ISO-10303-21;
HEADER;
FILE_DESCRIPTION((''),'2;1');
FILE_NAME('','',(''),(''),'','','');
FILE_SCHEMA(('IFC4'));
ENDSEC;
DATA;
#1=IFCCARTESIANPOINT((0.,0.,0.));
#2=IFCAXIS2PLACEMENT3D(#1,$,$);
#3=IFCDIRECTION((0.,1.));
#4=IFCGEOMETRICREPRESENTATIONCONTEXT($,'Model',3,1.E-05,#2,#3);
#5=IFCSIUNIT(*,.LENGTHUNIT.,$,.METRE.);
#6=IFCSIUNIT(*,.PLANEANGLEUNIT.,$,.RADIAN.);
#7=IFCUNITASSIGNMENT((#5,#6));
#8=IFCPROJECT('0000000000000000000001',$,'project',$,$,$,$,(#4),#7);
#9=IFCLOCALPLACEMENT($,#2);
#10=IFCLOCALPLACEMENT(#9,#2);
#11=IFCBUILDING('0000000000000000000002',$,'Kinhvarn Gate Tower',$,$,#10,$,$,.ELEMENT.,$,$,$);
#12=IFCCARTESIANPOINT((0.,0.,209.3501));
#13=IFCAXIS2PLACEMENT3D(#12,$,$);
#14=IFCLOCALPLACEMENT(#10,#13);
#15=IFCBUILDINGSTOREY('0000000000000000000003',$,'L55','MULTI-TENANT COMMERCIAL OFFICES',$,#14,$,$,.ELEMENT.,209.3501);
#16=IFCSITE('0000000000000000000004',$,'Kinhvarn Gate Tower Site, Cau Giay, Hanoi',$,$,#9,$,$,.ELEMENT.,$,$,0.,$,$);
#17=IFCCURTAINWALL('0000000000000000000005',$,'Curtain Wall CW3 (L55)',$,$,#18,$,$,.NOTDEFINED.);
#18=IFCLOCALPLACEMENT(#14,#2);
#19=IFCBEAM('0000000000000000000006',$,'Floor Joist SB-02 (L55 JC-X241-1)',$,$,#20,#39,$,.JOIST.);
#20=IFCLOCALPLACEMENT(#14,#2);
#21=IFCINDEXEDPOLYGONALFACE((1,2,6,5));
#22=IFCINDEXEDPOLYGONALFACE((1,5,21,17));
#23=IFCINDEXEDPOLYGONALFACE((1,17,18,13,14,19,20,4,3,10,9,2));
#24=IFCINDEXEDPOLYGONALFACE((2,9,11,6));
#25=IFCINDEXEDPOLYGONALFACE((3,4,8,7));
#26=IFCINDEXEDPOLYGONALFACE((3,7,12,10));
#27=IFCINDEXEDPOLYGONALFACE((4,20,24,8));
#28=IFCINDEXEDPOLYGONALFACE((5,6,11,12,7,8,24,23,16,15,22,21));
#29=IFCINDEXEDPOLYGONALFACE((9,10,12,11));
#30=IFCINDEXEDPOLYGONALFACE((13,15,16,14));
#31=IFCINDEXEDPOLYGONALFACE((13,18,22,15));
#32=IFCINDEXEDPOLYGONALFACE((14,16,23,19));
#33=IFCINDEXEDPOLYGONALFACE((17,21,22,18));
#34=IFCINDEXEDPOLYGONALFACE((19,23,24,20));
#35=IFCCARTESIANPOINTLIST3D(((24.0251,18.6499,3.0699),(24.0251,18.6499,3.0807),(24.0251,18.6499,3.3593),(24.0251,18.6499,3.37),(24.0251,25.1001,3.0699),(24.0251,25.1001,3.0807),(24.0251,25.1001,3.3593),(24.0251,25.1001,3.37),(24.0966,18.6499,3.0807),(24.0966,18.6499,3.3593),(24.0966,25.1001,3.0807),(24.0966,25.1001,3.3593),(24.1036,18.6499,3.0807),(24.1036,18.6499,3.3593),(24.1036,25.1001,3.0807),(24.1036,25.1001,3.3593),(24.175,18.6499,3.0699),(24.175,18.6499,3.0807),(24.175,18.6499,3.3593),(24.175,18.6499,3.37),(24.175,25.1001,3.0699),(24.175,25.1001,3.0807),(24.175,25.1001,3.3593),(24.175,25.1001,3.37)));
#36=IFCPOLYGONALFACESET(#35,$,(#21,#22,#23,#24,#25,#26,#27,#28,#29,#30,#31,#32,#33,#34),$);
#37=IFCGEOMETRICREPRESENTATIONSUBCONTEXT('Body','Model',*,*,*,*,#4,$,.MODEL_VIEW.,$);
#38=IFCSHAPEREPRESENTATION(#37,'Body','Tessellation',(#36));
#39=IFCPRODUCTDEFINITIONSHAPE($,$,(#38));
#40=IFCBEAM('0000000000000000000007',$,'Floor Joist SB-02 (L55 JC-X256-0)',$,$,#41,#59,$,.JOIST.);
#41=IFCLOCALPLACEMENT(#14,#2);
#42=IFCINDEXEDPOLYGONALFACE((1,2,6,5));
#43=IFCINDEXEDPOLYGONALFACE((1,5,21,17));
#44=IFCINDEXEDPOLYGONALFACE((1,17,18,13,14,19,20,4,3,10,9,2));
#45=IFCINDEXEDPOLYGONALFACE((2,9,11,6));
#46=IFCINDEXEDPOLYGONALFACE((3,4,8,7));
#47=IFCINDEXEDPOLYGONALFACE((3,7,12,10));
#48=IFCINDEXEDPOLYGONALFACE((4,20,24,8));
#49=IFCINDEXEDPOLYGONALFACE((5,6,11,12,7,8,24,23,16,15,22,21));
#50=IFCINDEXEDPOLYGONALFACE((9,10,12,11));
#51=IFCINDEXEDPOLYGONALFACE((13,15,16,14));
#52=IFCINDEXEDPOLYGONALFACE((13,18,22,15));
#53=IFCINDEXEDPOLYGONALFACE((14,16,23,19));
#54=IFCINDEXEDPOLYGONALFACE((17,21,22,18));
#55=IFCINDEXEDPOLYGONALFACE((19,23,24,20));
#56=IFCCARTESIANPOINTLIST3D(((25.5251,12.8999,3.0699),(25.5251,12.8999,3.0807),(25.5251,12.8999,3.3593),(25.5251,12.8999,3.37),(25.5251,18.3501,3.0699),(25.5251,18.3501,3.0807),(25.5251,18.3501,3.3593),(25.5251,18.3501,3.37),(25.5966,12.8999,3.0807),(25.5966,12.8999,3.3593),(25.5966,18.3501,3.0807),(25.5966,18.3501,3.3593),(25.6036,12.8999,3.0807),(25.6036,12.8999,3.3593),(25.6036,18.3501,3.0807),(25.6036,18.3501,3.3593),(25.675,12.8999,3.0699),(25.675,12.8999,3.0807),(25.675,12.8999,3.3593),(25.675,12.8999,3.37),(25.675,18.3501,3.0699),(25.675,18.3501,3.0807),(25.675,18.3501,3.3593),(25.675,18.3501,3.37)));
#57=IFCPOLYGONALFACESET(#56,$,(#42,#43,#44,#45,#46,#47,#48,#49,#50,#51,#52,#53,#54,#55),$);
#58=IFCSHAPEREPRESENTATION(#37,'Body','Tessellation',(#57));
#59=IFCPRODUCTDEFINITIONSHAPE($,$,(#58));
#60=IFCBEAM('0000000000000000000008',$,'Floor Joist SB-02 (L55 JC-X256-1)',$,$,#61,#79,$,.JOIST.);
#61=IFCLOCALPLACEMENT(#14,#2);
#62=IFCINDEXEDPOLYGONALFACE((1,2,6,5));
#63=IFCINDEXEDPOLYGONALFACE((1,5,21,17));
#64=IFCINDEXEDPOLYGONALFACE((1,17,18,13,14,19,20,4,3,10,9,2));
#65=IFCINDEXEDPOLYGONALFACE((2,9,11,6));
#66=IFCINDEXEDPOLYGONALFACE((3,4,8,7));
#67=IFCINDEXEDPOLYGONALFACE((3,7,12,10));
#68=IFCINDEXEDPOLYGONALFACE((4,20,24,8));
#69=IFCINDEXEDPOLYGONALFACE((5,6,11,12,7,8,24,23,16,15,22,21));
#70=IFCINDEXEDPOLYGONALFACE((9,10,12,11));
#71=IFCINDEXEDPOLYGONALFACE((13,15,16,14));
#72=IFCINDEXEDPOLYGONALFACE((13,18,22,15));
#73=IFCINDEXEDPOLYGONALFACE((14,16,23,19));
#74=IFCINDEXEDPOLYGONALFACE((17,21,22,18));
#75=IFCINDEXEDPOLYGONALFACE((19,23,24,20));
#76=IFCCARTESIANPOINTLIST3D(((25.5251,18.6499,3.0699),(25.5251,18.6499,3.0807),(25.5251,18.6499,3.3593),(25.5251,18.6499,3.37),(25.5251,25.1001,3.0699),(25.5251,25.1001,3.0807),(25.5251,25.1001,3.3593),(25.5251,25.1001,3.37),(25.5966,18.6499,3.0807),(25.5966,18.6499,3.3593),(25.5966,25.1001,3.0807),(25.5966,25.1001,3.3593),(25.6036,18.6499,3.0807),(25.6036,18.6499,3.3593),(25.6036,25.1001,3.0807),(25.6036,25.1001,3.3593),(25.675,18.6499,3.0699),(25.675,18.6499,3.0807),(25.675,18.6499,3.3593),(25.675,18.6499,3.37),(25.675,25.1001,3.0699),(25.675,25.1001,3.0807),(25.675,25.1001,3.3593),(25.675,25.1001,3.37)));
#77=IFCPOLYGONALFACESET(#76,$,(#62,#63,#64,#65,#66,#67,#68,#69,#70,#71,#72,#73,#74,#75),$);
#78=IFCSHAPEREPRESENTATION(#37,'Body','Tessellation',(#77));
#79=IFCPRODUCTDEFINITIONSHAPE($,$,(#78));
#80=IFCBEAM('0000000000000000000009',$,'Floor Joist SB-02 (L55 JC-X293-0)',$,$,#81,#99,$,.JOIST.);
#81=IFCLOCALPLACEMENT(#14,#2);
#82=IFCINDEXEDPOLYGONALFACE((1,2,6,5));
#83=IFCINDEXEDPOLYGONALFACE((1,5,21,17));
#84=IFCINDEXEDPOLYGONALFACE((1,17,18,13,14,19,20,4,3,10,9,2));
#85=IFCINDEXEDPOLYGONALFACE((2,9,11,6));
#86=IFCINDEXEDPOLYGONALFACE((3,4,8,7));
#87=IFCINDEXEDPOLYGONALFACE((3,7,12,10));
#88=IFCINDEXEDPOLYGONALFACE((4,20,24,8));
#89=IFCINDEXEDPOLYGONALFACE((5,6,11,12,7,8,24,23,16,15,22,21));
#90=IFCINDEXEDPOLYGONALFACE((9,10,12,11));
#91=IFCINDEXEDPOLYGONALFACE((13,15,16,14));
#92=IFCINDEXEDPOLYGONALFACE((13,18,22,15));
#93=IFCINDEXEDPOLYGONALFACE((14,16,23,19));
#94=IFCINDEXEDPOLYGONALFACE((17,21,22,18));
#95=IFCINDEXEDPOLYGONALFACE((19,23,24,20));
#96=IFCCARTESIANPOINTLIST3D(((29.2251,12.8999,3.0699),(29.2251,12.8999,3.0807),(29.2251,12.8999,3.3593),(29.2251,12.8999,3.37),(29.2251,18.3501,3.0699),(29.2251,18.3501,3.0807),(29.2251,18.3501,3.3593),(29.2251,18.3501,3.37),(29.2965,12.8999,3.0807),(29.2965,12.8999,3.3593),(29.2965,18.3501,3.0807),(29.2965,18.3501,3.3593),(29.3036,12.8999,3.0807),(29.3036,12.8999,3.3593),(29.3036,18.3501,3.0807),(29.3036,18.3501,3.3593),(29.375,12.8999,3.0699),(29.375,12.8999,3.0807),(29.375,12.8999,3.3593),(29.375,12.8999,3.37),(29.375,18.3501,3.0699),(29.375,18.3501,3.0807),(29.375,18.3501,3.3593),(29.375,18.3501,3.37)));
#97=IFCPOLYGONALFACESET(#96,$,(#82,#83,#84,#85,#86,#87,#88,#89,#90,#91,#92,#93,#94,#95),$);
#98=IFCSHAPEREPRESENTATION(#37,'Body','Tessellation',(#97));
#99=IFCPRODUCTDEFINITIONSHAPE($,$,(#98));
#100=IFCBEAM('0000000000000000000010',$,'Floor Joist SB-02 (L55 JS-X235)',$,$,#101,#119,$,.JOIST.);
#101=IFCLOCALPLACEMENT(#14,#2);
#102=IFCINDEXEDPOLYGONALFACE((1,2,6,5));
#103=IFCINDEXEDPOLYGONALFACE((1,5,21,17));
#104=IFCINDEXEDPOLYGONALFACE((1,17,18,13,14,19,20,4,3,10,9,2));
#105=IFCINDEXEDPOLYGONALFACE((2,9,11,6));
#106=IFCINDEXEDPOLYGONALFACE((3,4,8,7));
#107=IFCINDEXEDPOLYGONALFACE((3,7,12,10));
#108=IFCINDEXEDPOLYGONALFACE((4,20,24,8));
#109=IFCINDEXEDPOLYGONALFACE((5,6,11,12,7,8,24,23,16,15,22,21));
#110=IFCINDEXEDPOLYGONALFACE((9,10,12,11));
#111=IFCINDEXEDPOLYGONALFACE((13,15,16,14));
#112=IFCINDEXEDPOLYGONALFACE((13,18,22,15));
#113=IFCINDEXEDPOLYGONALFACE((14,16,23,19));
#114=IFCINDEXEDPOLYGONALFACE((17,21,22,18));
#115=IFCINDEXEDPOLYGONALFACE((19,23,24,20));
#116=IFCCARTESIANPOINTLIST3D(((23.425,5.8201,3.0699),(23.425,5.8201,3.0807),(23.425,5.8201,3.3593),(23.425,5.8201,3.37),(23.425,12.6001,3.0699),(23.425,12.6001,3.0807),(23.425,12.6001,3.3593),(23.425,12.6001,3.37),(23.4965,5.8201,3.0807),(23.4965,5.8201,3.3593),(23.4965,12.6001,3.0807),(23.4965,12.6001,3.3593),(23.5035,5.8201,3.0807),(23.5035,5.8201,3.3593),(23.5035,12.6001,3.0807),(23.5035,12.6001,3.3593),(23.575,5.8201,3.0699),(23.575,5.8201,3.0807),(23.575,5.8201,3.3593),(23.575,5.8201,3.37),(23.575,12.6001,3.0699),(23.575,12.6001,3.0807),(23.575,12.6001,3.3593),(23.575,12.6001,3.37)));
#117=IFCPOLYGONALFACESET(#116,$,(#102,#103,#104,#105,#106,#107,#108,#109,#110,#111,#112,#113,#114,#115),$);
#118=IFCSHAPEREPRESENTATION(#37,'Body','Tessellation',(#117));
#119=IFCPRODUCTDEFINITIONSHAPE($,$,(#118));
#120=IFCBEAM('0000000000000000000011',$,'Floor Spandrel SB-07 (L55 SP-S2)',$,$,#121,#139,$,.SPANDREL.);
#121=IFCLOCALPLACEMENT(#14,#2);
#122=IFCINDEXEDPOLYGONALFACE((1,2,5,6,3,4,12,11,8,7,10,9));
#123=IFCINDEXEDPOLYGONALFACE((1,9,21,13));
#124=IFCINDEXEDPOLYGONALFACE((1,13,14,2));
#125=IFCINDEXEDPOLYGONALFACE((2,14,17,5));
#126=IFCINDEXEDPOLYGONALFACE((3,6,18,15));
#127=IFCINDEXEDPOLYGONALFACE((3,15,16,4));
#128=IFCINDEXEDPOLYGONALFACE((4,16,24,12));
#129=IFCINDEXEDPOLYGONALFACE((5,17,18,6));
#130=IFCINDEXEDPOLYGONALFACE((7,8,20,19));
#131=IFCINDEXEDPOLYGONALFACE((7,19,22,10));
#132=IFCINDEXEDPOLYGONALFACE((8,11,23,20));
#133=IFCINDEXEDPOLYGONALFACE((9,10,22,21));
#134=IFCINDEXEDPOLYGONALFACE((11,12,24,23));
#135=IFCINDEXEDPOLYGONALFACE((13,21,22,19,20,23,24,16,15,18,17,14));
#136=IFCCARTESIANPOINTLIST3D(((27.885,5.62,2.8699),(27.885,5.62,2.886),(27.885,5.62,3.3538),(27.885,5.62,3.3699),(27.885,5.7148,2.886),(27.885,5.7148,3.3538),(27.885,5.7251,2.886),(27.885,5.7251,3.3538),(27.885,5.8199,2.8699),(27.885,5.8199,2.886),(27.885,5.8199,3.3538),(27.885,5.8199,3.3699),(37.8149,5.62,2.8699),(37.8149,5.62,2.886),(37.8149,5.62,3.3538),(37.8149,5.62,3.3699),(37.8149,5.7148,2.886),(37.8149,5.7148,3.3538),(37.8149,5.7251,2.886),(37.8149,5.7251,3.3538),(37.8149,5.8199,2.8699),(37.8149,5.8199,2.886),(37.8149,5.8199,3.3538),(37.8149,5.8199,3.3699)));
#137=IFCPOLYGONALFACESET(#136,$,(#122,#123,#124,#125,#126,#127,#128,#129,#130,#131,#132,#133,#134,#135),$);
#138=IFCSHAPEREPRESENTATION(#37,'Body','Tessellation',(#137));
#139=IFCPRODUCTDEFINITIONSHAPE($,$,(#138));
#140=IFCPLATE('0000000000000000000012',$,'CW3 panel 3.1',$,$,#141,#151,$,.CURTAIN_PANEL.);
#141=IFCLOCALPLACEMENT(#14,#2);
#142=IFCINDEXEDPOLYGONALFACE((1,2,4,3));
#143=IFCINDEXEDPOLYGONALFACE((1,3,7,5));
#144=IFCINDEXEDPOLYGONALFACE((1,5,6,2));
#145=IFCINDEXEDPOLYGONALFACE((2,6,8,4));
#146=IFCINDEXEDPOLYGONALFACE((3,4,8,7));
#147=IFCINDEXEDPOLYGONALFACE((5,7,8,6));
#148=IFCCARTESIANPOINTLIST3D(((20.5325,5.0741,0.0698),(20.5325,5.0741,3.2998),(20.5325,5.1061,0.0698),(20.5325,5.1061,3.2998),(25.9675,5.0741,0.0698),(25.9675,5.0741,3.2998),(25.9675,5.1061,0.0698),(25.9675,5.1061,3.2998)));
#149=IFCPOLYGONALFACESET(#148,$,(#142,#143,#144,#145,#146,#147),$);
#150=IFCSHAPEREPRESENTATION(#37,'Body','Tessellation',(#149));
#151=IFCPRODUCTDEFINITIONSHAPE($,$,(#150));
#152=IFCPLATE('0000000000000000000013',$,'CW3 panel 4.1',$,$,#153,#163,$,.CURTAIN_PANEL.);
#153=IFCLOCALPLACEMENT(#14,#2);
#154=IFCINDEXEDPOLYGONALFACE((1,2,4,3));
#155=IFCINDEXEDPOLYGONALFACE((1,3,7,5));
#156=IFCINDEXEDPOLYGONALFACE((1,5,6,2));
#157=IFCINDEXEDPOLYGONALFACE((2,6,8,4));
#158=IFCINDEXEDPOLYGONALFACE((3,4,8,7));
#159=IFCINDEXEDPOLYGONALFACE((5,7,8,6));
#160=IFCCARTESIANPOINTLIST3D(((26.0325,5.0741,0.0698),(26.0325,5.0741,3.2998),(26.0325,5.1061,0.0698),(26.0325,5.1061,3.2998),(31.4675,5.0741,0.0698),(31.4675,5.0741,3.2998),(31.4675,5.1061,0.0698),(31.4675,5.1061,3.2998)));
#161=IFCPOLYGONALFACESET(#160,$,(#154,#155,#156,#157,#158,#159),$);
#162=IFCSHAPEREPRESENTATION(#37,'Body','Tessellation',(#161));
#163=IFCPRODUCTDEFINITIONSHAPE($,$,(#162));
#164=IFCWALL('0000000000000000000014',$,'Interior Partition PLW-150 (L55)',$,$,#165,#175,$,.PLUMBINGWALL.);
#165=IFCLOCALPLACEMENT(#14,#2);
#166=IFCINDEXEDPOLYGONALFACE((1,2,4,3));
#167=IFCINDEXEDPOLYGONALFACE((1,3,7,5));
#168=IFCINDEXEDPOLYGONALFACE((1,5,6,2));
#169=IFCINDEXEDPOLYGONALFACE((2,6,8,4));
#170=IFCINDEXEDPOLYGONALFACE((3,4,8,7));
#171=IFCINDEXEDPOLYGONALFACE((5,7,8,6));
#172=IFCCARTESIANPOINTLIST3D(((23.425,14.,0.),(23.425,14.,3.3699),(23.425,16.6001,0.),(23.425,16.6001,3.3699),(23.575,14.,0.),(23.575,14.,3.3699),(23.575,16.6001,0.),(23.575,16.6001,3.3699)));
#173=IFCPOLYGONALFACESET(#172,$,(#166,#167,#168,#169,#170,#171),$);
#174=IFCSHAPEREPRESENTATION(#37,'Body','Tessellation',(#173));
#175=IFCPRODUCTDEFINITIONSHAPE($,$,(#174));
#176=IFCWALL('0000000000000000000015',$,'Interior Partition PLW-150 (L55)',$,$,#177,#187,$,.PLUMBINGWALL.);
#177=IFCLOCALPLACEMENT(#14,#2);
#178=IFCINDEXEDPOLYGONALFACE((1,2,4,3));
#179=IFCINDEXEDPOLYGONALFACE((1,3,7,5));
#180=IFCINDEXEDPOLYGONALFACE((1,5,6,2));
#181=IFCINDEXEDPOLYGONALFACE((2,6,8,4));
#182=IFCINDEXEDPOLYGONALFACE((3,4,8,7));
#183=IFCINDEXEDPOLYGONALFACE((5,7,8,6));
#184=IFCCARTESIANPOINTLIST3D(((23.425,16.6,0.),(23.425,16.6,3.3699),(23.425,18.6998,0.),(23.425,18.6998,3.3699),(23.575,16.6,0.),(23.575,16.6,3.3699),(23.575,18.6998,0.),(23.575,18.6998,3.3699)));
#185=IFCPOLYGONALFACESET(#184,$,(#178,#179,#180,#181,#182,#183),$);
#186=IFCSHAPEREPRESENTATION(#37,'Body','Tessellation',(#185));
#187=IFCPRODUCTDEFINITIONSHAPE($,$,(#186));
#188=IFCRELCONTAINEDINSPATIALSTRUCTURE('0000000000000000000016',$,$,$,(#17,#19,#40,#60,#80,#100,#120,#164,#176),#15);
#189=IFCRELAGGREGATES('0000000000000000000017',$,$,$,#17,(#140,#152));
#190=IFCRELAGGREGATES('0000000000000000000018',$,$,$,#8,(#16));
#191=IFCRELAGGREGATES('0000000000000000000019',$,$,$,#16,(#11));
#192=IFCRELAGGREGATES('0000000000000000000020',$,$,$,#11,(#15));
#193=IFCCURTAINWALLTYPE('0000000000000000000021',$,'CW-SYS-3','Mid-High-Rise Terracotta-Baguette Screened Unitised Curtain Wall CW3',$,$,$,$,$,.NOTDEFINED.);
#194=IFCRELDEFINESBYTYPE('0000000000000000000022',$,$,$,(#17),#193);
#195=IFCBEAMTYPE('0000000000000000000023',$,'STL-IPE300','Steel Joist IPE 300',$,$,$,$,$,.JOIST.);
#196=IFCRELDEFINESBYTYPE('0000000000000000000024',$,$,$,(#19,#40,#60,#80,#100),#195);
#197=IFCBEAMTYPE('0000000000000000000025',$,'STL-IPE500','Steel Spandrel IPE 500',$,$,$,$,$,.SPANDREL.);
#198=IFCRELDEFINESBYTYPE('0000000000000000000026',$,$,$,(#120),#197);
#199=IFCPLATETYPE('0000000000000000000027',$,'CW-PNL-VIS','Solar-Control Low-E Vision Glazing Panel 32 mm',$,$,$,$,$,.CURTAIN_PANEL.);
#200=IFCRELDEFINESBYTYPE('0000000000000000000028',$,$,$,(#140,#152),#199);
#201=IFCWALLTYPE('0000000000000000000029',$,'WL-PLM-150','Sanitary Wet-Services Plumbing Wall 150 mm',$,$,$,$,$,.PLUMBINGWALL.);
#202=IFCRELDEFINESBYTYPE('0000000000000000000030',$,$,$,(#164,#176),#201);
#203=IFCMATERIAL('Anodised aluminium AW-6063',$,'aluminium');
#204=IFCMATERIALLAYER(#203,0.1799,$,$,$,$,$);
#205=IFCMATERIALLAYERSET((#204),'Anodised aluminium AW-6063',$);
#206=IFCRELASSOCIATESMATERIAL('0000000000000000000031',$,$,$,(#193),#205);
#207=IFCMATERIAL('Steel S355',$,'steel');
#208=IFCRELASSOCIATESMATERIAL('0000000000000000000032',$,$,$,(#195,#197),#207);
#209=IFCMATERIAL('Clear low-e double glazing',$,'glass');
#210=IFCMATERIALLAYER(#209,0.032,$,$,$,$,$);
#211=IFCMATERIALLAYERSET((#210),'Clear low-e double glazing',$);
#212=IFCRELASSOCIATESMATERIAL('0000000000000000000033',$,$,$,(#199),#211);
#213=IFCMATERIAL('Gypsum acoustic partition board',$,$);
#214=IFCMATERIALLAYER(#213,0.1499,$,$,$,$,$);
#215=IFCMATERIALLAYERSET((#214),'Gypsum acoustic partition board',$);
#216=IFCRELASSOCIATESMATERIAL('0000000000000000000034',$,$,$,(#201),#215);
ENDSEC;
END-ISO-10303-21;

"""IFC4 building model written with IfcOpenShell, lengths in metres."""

from ifc_helpers import new_model, si_unit, direction, frame, frame_2d, origin, origin_2d, place, context, subcontext, project, spatial, rectangle, i_section, extrude, material, layer, layer_set, material_profile, profile_set, type_object, element, aggregate, save


model = new_model("IFC4")

# Units and contexts
model_context = context("Model", 3, precision=1e-05, world=origin(), true_north=direction((0.0, 1.0)))
body_context = subcontext(model_context, "Body", "Model", "MODEL_VIEW")
ifc_project = project(units=[si_unit("LENGTHUNIT", "METRE"), si_unit("PLANEANGLEUNIT", "RADIAN")], contexts=[model_context])

# Site, building, storey
site_placement = place(None, origin())
site = spatial("IfcSite", under=ifc_project, at=site_placement, Name="Kinhvarn Gate Tower Site, Cau Giay, Hanoi", CompositionType="ELEMENT", RefElevation=0.0)
building_placement = place(site_placement, origin())
building = spatial("IfcBuilding", under=site, at=building_placement, Name="Kinhvarn Gate Tower", CompositionType="ELEMENT")
storey_placement = place(building_placement, frame((0.0, 0.0, 209.3501)))
storey = spatial("IfcBuildingStorey", under=building, at=storey_placement, Name="L55", Description="MULTI-TENANT COMMERCIAL OFFICES", CompositionType="ELEMENT", Elevation=209.3501)

# Curtain wall
ifc_material_1 = material(Name="Anodised aluminium AW-6063", Category="aluminium")
ifc_layer_1 = layer(ifc_material_1, 0.1799)
ifc_layer_set_1 = layer_set([ifc_layer_1], Name="Anodised aluminium AW-6063")
curtain_wall_type = type_object("IfcCurtainWallType", Name="CW-SYS-3", Description="Mid-High-Rise Terracotta-Baguette Screened Unitised Curtain Wall CW3", PredefinedType="NOTDEFINED", material=ifc_layer_set_1)
curtain_wall_placement = place(storey_placement, origin())
curtain_wall = element("IfcCurtainWall", 1, at=curtain_wall_placement, inside=storey, type_object=curtain_wall_type, Name="Curtain Wall CW3 (L55)", PredefinedType="NOTDEFINED")

# Beams
ifc_material_2 = material(Name="Steel S355", Category="steel")
ifc_material_profile_1 = material_profile(ifc_material_2, i_section(OverallWidth=0.1499, OverallDepth=0.3, WebThickness=0.0071, FlangeThickness=0.0107, at=origin_2d()), Name="IPE 300")
ifc_profile_set_1 = profile_set([ifc_material_profile_1], Name="Steel S355")
beam_type_1 = type_object("IfcBeamType", Name="STL-IPE300", Description="Steel Joist IPE 300", PredefinedType="JOIST", material=ifc_profile_set_1)
beam_1_placement = place(storey_placement, frame((24.1001, 18.6499, 3.22), z_axis=(0.0, 1.0, 0.0), x_axis=(-1.0, 0.0, 0.0)))
element("IfcBeam", 2, at=beam_1_placement, inside=storey, type_object=beam_type_1, Name="Floor Joist SB-02 (L55 JC-X241-1)", PredefinedType="JOIST", context=body_context, shape_type="SweptSolid", body=[
    extrude(i_section(OverallWidth=0.1499, OverallDepth=0.3, WebThickness=0.0071, FlangeThickness=0.0107, at=origin_2d()), origin(), (0.0, 0.0, 1.0), 6.4502),
])
beam_2_placement = place(storey_placement, frame((25.6001, 12.8999, 3.22), z_axis=(0.0, 1.0, 0.0), x_axis=(-1.0, 0.0, 0.0)))
element("IfcBeam", 3, at=beam_2_placement, inside=storey, type_object=beam_type_1, Name="Floor Joist SB-02 (L55 JC-X256-0)", PredefinedType="JOIST", context=body_context, shape_type="SweptSolid", body=[
    extrude(i_section(OverallWidth=0.1499, OverallDepth=0.3, WebThickness=0.0071, FlangeThickness=0.0107, at=origin_2d()), origin(), (0.0, 0.0, 1.0), 5.4502),
])
beam_3_placement = place(storey_placement, frame((25.6001, 18.6499, 3.22), z_axis=(0.0, 1.0, 0.0), x_axis=(-1.0, 0.0, 0.0)))
element("IfcBeam", 4, at=beam_3_placement, inside=storey, type_object=beam_type_1, Name="Floor Joist SB-02 (L55 JC-X256-1)", PredefinedType="JOIST", context=body_context, shape_type="SweptSolid", body=[
    extrude(i_section(OverallWidth=0.1499, OverallDepth=0.3, WebThickness=0.0071, FlangeThickness=0.0107, at=origin_2d()), origin(), (0.0, 0.0, 1.0), 6.4502),
])
beam_4_placement = place(storey_placement, frame((29.3, 12.8999, 3.22), z_axis=(0.0, 1.0, 0.0), x_axis=(-1.0, 0.0, 0.0)))
element("IfcBeam", 5, at=beam_4_placement, inside=storey, type_object=beam_type_1, Name="Floor Joist SB-02 (L55 JC-X293-0)", PredefinedType="JOIST", context=body_context, shape_type="SweptSolid", body=[
    extrude(i_section(OverallWidth=0.1499, OverallDepth=0.3, WebThickness=0.0071, FlangeThickness=0.0107, at=origin_2d()), origin(), (0.0, 0.0, 1.0), 5.4502),
])
beam_5_placement = place(storey_placement, frame((23.5, 5.8201, 3.22), z_axis=(0.0, 1.0, 0.0), x_axis=(-1.0, 0.0, 0.0)))
element("IfcBeam", 6, at=beam_5_placement, inside=storey, type_object=beam_type_1, Name="Floor Joist SB-02 (L55 JS-X235)", PredefinedType="JOIST", context=body_context, shape_type="SweptSolid", body=[
    extrude(i_section(OverallWidth=0.1499, OverallDepth=0.3, WebThickness=0.0071, FlangeThickness=0.0107, at=origin_2d()), origin(), (0.0, 0.0, 1.0), 6.78),
])
ifc_material_profile_2 = material_profile(ifc_material_2, i_section(OverallWidth=0.2, OverallDepth=0.5, WebThickness=0.0103, FlangeThickness=0.0161, at=origin_2d()), Name="IPE 500")
ifc_profile_set_2 = profile_set([ifc_material_profile_2], Name="Steel S355")
beam_type_2 = type_object("IfcBeamType", Name="STL-IPE500", Description="Steel Spandrel IPE 500", PredefinedType="SPANDREL", material=ifc_profile_set_2)
beam_6_placement = place(storey_placement, frame((27.885, 5.72, 3.1199), z_axis=(1.0, 0.0, 0.0), x_axis=(0.0, 1.0, 0.0)))
element("IfcBeam", 7, at=beam_6_placement, inside=storey, type_object=beam_type_2, Name="Floor Spandrel SB-07 (L55 SP-S2)", PredefinedType="SPANDREL", context=body_context, shape_type="SweptSolid", body=[
    extrude(i_section(OverallWidth=0.2, OverallDepth=0.5, WebThickness=0.0103, FlangeThickness=0.0161, at=origin_2d()), origin(), (0.0, 0.0, 1.0), 9.9299),
])

# Plates
ifc_material_3 = material(Name="Clear low-e double glazing", Category="glass")
ifc_layer_2 = layer(ifc_material_3, 0.032)
ifc_layer_set_2 = layer_set([ifc_layer_2], Name="Clear low-e double glazing")
plate_type = type_object("IfcPlateType", Name="CW-PNL-VIS", Description="Solar-Control Low-E Vision Glazing Panel 32 mm", PredefinedType="CURTAIN_PANEL", material=ifc_layer_set_2)
plate_1_placement = place(storey_placement, frame((23.25, 5.0901, 0.0698), z_axis=(0.0, 0.0, 1.0), x_axis=(1.0, 0.0, 0.0)))
plate_1 = element("IfcPlate", 8, at=plate_1_placement, type_object=plate_type, Name="CW3 panel 3.1", PredefinedType="CURTAIN_PANEL", context=body_context, shape_type="SweptSolid", body=[
    extrude(rectangle(XDim=5.4351, YDim=0.032, at=origin_2d()), origin(), (0.0, 0.0, 1.0), 3.23),
])
plate_2_placement = place(storey_placement, frame((28.75, 5.0901, 0.0698), z_axis=(0.0, 0.0, 1.0), x_axis=(1.0, 0.0, 0.0)))
plate_2 = element("IfcPlate", 9, at=plate_2_placement, type_object=plate_type, Name="CW3 panel 4.1", PredefinedType="CURTAIN_PANEL", context=body_context, shape_type="SweptSolid", body=[
    extrude(rectangle(XDim=5.4351, YDim=0.032, at=origin_2d()), origin(), (0.0, 0.0, 1.0), 3.23),
])
aggregate(curtain_wall, [plate_1, plate_2])

# Walls
ifc_material_4 = material(Name="Gypsum acoustic partition board")
ifc_layer_3 = layer(ifc_material_4, 0.1499)
ifc_layer_set_3 = layer_set([ifc_layer_3], Name="Gypsum acoustic partition board")
wall_type_1 = type_object("IfcWallType", Name="WL-PLM-150", Description="Sanitary Wet-Services Plumbing Wall 150 mm", PredefinedType="PLUMBINGWALL", material=ifc_layer_set_3)
wall_1_placement = place(storey_placement, frame((23.5, 14.0, 0.0), z_axis=(0.0, 0.0, 1.0), x_axis=(0.0, 1.0, 0.0)))
element("IfcWall", 10, at=wall_1_placement, inside=storey, type_object=wall_type_1, Name="Interior Partition PLW-150 (L55)", PredefinedType="PLUMBINGWALL", context=body_context, shape_type="SweptSolid", body=[
    extrude(rectangle(XDim=2.6001, YDim=0.1499, at=frame_2d((1.3, 0.0))), origin(), (0.0, 0.0, 1.0), 3.3699),
])
wall_2_placement = place(storey_placement, frame((23.5, 16.6001, 0.0), z_axis=(0.0, 0.0, 1.0), x_axis=(0.0, 1.0, 0.0)))
element("IfcWall", 11, at=wall_2_placement, inside=storey, type_object=wall_type_1, Name="Interior Partition PLW-150 (L55)", PredefinedType="PLUMBINGWALL", context=body_context, shape_type="SweptSolid", body=[
    extrude(rectangle(XDim=2.0999, YDim=0.1499, at=frame_2d((1.0498, 0.0))), origin(), (0.0, 0.0, 1.0), 3.3699),
])

save(model, "model.ifc")
